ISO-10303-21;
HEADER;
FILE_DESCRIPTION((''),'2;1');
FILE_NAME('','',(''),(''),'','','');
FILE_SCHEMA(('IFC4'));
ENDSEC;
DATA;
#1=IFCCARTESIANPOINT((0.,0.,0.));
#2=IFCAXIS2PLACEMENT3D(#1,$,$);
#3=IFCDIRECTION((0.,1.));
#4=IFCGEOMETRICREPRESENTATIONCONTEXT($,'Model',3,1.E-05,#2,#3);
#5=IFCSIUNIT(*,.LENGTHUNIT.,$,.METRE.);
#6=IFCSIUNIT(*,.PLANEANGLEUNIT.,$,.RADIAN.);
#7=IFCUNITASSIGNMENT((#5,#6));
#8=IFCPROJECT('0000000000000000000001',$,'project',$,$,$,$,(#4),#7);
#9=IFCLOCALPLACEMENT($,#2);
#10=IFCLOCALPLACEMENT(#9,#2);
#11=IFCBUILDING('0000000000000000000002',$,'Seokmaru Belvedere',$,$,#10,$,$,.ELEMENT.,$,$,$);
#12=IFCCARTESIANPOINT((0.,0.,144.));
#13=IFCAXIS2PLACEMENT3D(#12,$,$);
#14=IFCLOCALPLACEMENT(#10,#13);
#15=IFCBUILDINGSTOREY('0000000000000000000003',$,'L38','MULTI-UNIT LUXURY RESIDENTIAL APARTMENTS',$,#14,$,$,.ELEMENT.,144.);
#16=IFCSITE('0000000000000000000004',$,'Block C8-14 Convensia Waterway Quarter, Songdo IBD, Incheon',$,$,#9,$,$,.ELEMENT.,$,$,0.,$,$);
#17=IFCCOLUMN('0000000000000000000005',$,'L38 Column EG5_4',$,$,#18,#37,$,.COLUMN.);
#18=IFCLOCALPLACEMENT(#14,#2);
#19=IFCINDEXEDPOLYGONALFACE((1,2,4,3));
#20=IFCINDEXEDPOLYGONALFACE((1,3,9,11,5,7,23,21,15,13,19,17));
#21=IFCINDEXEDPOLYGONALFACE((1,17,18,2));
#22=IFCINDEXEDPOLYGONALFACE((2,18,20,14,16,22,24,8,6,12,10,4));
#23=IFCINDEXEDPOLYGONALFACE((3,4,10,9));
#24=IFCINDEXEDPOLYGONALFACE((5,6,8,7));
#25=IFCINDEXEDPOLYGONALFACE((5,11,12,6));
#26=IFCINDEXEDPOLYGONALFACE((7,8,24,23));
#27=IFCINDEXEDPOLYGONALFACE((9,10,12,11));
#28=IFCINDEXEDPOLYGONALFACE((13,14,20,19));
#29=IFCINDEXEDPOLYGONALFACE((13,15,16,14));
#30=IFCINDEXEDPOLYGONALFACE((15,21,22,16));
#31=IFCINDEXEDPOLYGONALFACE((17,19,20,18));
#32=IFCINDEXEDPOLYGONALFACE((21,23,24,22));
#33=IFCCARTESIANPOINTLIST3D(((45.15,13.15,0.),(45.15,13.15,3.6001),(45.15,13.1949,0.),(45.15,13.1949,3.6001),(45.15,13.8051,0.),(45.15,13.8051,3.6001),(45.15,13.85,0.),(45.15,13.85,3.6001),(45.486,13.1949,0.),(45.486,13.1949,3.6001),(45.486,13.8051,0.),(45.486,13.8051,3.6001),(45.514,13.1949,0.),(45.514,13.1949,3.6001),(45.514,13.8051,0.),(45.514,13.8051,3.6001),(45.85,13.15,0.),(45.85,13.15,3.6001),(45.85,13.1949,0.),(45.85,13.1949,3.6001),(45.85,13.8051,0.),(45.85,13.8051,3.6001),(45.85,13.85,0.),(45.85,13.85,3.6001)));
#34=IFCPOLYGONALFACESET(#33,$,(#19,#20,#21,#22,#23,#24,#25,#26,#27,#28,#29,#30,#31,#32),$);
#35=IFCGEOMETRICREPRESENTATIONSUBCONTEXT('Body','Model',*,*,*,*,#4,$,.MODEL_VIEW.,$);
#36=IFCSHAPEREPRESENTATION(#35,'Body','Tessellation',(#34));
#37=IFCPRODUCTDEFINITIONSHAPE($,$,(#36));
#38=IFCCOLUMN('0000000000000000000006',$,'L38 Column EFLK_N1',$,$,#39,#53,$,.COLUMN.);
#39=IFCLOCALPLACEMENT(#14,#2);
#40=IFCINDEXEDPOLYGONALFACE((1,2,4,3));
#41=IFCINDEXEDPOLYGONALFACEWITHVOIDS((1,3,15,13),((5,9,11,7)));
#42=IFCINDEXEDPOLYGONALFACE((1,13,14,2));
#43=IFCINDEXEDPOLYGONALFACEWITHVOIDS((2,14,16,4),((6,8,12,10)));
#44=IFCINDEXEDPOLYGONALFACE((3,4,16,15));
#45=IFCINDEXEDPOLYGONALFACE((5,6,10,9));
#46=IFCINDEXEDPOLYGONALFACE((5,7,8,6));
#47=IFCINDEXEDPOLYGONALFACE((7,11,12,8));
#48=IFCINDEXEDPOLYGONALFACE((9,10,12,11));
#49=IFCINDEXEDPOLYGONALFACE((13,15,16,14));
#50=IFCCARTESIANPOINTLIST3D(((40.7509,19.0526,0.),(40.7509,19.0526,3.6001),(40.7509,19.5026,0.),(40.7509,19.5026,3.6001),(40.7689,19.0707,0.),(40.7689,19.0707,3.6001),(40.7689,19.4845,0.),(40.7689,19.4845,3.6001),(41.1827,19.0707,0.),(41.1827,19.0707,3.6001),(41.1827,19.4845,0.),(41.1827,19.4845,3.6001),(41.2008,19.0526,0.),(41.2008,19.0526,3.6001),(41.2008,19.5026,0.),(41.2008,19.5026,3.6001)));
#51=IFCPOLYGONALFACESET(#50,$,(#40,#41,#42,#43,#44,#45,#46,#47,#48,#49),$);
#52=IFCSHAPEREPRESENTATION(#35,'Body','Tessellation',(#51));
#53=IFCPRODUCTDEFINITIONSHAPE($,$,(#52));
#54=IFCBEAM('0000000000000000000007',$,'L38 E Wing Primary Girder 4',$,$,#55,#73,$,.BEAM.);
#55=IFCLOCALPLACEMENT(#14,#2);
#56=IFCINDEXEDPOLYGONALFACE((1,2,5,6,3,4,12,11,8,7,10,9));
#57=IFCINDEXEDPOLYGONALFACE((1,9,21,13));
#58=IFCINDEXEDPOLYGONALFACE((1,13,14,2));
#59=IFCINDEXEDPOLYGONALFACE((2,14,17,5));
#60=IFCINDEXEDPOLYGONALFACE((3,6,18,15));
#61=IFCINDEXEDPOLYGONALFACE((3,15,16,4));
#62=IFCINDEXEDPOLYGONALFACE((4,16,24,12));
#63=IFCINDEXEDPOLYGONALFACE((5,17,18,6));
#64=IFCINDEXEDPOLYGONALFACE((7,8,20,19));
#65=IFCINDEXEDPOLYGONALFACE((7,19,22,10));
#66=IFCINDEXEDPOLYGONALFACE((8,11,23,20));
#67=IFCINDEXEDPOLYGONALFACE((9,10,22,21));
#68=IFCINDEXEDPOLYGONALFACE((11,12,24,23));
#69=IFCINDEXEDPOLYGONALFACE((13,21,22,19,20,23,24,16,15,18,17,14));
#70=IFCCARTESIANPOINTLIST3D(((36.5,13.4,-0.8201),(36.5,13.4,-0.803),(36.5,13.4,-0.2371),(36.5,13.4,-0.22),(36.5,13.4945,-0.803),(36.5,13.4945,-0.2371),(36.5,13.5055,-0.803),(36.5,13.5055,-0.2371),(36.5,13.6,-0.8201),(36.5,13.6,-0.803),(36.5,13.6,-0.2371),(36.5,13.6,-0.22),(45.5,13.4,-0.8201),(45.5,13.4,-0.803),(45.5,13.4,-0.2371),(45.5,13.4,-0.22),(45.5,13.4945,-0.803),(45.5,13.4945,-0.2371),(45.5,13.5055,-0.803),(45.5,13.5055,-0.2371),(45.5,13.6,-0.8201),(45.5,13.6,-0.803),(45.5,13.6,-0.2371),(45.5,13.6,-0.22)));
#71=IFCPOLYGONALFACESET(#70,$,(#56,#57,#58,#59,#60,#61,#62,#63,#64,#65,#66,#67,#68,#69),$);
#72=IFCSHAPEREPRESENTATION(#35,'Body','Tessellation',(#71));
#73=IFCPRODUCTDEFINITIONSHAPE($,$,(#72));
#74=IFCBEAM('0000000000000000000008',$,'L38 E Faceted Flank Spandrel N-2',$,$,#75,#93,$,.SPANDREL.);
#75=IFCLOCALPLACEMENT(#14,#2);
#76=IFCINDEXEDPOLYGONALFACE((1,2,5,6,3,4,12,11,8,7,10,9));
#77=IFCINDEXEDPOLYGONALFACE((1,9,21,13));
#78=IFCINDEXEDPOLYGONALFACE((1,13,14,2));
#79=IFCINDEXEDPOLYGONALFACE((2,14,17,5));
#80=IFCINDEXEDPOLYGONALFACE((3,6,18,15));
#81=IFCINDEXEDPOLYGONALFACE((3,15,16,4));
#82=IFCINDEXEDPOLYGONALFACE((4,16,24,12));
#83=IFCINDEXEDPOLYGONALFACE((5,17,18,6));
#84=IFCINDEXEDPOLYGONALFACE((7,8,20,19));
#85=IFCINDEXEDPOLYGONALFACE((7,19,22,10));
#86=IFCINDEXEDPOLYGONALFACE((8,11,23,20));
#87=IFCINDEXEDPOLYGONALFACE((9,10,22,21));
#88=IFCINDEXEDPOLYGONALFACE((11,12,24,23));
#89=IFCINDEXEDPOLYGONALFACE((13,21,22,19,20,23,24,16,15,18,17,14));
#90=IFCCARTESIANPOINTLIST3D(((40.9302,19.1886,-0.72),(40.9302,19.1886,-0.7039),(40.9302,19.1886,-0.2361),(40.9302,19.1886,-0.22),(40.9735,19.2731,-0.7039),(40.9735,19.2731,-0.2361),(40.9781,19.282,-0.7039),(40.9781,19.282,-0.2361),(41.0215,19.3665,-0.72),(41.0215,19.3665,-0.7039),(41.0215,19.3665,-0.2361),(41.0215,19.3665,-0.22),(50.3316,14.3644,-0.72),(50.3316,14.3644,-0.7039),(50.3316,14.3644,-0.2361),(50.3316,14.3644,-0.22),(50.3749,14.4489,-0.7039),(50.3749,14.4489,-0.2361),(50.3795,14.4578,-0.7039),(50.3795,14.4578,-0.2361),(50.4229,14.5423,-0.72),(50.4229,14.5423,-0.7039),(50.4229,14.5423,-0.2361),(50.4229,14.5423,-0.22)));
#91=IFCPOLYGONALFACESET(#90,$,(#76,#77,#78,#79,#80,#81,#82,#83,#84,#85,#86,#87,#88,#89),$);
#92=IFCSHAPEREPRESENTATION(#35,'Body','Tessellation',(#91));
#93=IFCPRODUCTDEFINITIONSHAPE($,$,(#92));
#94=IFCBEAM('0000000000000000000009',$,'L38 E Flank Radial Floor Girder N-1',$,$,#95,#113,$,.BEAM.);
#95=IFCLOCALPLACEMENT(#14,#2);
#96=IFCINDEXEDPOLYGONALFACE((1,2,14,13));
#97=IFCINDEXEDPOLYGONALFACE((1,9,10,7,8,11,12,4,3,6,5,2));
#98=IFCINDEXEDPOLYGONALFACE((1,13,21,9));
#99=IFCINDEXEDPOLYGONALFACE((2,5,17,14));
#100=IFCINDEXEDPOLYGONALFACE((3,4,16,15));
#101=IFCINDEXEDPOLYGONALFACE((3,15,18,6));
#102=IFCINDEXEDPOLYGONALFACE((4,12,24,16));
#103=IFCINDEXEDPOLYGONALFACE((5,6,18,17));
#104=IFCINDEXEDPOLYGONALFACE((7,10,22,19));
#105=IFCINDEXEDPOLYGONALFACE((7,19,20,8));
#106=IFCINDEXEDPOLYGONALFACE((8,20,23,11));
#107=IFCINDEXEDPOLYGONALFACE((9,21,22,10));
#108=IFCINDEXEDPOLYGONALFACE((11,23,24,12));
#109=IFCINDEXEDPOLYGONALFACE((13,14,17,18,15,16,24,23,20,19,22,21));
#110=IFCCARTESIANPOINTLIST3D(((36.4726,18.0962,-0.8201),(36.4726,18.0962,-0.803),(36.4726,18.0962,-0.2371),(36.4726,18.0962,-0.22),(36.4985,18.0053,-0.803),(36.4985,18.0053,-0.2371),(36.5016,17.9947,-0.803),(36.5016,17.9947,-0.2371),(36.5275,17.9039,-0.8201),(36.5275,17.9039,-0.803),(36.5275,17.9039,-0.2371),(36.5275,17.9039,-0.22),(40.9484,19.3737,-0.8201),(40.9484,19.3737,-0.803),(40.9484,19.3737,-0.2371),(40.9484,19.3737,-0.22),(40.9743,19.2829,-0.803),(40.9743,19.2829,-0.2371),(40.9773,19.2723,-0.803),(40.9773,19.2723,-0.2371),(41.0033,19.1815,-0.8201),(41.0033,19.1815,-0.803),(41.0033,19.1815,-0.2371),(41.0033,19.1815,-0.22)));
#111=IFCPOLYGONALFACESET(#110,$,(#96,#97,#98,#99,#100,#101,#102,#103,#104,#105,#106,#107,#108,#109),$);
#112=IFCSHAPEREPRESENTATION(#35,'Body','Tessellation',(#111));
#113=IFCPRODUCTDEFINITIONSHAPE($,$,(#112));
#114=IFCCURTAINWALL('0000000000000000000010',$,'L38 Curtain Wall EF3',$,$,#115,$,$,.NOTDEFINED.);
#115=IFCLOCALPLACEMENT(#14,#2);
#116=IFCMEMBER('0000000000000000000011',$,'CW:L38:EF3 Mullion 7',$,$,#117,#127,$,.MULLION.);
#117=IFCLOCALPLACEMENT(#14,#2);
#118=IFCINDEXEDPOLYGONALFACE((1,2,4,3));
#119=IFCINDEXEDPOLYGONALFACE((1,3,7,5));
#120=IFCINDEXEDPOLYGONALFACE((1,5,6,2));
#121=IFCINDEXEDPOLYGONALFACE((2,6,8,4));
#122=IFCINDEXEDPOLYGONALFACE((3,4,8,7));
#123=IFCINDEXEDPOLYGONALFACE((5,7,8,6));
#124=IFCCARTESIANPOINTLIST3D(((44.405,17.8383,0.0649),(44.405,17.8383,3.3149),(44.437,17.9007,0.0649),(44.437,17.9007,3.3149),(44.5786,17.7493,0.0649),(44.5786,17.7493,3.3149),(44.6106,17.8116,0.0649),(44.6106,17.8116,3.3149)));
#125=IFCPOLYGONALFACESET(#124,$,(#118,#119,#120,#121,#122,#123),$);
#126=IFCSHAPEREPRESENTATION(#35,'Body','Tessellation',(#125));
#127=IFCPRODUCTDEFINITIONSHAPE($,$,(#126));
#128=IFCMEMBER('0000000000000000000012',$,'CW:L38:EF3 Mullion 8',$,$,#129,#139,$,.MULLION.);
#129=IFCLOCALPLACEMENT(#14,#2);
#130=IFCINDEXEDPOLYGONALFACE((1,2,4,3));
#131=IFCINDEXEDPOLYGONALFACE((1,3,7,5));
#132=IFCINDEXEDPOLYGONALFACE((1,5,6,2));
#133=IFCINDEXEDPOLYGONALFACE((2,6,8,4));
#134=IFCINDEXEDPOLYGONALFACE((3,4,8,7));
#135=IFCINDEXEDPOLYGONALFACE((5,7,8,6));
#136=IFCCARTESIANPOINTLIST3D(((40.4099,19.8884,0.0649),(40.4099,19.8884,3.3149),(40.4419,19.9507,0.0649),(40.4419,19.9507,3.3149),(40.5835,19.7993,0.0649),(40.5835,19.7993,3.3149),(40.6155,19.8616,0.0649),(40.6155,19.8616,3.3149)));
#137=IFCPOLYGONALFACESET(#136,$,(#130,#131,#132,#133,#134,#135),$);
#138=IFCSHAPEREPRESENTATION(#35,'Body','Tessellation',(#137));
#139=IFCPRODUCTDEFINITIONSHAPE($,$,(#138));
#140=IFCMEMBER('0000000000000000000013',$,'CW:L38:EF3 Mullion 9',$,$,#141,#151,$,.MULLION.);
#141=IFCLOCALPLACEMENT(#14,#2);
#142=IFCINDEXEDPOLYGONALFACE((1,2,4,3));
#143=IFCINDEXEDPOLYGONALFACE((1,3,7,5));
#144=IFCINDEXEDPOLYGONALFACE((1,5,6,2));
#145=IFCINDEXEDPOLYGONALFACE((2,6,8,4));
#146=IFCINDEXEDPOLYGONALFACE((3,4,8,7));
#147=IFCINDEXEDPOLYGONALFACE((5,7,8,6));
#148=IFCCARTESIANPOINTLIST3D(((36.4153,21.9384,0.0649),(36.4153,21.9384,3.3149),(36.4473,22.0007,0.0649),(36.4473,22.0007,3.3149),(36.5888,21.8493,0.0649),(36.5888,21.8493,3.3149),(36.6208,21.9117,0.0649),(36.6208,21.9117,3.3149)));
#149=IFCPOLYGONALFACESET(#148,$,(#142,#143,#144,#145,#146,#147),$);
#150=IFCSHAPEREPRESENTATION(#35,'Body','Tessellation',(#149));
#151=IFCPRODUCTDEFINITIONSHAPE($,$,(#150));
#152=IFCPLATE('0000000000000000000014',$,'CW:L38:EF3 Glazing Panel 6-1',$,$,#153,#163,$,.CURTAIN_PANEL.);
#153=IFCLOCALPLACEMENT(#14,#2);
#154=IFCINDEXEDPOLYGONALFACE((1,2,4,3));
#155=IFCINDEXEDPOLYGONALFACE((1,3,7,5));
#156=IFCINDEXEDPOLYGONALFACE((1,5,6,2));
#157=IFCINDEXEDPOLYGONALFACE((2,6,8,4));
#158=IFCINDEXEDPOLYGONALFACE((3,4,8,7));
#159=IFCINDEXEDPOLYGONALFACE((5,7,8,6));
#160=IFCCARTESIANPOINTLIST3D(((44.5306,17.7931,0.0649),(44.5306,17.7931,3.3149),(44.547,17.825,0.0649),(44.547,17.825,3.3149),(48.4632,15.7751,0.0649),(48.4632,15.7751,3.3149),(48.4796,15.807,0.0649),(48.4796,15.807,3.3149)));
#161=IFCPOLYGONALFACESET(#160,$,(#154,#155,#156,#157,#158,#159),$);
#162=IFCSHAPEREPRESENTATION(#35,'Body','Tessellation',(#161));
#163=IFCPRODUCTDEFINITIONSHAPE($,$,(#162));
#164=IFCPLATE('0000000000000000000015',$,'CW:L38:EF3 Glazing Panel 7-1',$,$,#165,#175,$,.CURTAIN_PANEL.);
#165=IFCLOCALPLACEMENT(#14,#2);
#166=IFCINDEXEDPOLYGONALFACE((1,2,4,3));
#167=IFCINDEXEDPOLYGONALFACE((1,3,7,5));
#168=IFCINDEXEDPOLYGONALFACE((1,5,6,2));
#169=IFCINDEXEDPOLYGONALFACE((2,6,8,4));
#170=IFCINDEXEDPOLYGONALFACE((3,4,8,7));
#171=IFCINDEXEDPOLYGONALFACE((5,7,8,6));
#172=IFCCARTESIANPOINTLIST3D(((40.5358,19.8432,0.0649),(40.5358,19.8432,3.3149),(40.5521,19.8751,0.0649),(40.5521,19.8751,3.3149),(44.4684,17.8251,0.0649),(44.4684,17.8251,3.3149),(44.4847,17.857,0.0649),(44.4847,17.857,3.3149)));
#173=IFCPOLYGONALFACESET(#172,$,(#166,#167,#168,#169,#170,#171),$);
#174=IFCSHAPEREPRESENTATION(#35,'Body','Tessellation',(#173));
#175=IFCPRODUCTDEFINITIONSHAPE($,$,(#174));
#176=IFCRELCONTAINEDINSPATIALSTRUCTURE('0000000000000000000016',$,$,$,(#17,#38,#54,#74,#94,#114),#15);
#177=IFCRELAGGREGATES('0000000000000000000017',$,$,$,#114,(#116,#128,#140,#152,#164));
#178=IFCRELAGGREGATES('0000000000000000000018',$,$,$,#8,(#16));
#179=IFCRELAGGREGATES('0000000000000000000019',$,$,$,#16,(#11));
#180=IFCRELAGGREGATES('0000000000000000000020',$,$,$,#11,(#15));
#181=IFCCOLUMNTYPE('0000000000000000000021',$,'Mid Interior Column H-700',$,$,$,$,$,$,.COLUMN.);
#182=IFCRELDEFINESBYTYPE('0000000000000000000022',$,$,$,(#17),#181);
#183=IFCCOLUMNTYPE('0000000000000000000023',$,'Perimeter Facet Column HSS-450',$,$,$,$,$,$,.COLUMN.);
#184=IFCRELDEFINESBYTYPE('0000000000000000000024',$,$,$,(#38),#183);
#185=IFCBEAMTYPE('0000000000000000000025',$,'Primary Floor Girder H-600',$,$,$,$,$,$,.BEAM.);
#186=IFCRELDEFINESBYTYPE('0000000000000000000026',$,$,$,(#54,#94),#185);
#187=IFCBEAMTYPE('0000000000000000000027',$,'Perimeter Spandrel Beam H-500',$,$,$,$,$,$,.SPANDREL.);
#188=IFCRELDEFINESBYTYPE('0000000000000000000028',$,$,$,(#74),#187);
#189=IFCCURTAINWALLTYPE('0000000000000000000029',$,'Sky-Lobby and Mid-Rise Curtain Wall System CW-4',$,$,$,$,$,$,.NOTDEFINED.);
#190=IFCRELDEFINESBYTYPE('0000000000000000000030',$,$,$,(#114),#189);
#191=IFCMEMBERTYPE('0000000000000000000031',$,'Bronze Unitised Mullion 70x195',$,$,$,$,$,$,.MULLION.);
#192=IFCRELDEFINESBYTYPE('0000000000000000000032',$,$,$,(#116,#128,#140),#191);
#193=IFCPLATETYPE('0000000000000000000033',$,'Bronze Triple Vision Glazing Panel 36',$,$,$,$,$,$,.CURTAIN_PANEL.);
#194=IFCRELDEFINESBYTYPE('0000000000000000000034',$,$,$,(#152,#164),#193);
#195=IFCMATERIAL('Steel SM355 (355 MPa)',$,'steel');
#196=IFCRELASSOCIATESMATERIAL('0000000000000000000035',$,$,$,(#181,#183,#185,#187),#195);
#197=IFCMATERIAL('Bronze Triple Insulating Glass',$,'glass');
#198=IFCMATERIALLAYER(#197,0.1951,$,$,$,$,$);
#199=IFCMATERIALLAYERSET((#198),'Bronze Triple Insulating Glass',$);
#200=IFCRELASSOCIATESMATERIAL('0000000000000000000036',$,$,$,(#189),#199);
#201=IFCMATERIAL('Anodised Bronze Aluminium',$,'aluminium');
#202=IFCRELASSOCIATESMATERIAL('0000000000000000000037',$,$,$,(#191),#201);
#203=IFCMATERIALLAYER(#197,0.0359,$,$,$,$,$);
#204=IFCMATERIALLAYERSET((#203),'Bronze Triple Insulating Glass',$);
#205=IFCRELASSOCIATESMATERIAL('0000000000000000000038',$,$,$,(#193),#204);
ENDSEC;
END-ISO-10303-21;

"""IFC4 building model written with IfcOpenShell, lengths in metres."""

from ifc_helpers import new_model, si_unit, direction, frame, origin, origin_2d, place, context, subcontext, project, spatial, rectangle, hollow_rectangle, i_section, extrude, source, transform, mapped, material, layer, layer_set, material_profile, profile_set, type_object, type_shapes, element, aggregate, save


model = new_model("IFC4")

# Units and contexts
model_context = context("Model", 3, precision=1e-05, world=origin(), true_north=direction((0.0, 1.0)))
body_context = subcontext(model_context, "Body", "Model", "MODEL_VIEW")
ifc_project = project(units=[si_unit("LENGTHUNIT", "METRE"), si_unit("PLANEANGLEUNIT", "RADIAN")], contexts=[model_context])

# Site, building, storey
site_placement = place(None, origin())
site = spatial("IfcSite", under=ifc_project, at=site_placement, Name="Block C8-14 Convensia Waterway Quarter, Songdo IBD, Incheon", CompositionType="ELEMENT", RefElevation=0.0)
building_placement = place(site_placement, origin())
building = spatial("IfcBuilding", under=site, at=building_placement, Name="Seokmaru Belvedere", CompositionType="ELEMENT")
storey_placement = place(building_placement, frame((0.0, 0.0, 144.0)))
storey = spatial("IfcBuildingStorey", under=building, at=storey_placement, Name="L38", Description="MULTI-UNIT LUXURY RESIDENTIAL APARTMENTS", CompositionType="ELEMENT", Elevation=144.0)

# Columns
ifc_material_1 = material(Name="Steel SM355 (355 MPa)", Category="steel")
ifc_material_profile_1 = material_profile(ifc_material_1, i_section(OverallWidth=0.7, OverallDepth=0.7, WebThickness=0.0281, FlangeThickness=0.0449, at=origin_2d()), Name="H-700x700x28x45")
ifc_profile_set_1 = profile_set([ifc_material_profile_1], Name="Steel SM355 (355 MPa)")
column_type_1 = type_object("IfcColumnType", Name="Mid Interior Column H-700", PredefinedType="COLUMN", material=ifc_profile_set_1)
shared_shape_1 = source(origin(), body_context, "Body", "SweptSolid", [
    extrude(i_section(OverallWidth=0.7, OverallDepth=0.7, WebThickness=0.0281, FlangeThickness=0.0449, at=origin_2d()), origin(), (0.0, 0.0, 1.0), 3.6001),
])
type_shapes(column_type_1, [shared_shape_1])
column_1_placement = place(storey_placement, frame((45.5, 13.5, 0.0), z_axis=(0.0, 0.0, 1.0), x_axis=(1.0, 0.0, 0.0)))
element("IfcColumn", 1, at=column_1_placement, inside=storey, type_object=column_type_1, Name="L38 Column EG5_4", PredefinedType="COLUMN", context=body_context, shape_type="MappedRepresentation", body=[
    mapped(shared_shape_1, transform((0.0, 0.0, 0.0), scale=1.0)),
])
ifc_material_profile_2 = material_profile(ifc_material_1, hollow_rectangle(XDim=0.45, YDim=0.45, WallThickness=0.0181, at=origin_2d()), Name="HSS-450x450x18")
ifc_profile_set_2 = profile_set([ifc_material_profile_2], Name="Steel SM355 (355 MPa)")
column_type_2 = type_object("IfcColumnType", Name="Perimeter Facet Column HSS-450", PredefinedType="COLUMN", material=ifc_profile_set_2)
shared_shape_2 = source(origin(), body_context, "Body", "SweptSolid", [
    extrude(hollow_rectangle(XDim=0.45, YDim=0.45, WallThickness=0.0181, at=origin_2d()), origin(), (0.0, 0.0, 1.0), 3.6001),
])
type_shapes(column_type_2, [shared_shape_2])
column_2_placement = place(storey_placement, frame((40.9758, 19.2776, 0.0), z_axis=(0.0, 0.0, 1.0), x_axis=(1.0, 0.0, 0.0)))
element("IfcColumn", 2, at=column_2_placement, inside=storey, type_object=column_type_2, Name="L38 Column EFLK_N1", PredefinedType="COLUMN", context=body_context, shape_type="MappedRepresentation", body=[
    mapped(shared_shape_2, transform((0.0, 0.0, 0.0), scale=1.0)),
])

# Beams
ifc_material_profile_3 = material_profile(ifc_material_1, i_section(OverallWidth=0.2, OverallDepth=0.6001, WebThickness=0.011, FlangeThickness=0.0171, at=origin_2d()), Name="H-600x200x11x17")
ifc_profile_set_3 = profile_set([ifc_material_profile_3], Name="Steel SM355 (355 MPa)")
beam_type_1 = type_object("IfcBeamType", Name="Primary Floor Girder H-600", PredefinedType="BEAM", material=ifc_profile_set_3)
shared_shape_3 = source(origin(), body_context, "Body", "SweptSolid", [
    extrude(i_section(OverallWidth=0.2, OverallDepth=0.6001, WebThickness=0.011, FlangeThickness=0.0171, at=origin_2d()), origin(), (0.0, 0.0, 1.0), 9.0),
])
beam_1_placement = place(storey_placement, frame((36.5, 13.5, -0.52), z_axis=(1.0, 0.0, 0.0), x_axis=(0.0, 1.0, 0.0)))
element("IfcBeam", 3, at=beam_1_placement, inside=storey, type_object=beam_type_1, Name="L38 E Wing Primary Girder 4", PredefinedType="BEAM", context=body_context, shape_type="MappedRepresentation", body=[
    mapped(shared_shape_3, transform((0.0, 0.0, 0.0), scale=1.0)),
])
ifc_material_profile_4 = material_profile(ifc_material_1, i_section(OverallWidth=0.2, OverallDepth=0.5, WebThickness=0.01, FlangeThickness=0.0161, at=origin_2d()), Name="H-500x200x10x16")
ifc_profile_set_4 = profile_set([ifc_material_profile_4], Name="Steel SM355 (355 MPa)")
beam_type_2 = type_object("IfcBeamType", Name="Perimeter Spandrel Beam H-500", PredefinedType="SPANDREL", material=ifc_profile_set_4)
shared_shape_4 = source(origin(), body_context, "Body", "SweptSolid", [
    extrude(i_section(OverallWidth=0.2, OverallDepth=0.5, WebThickness=0.01, FlangeThickness=0.0161, at=origin_2d()), origin(), (0.0, 0.0, 1.0), 10.5669),
])
type_shapes(beam_type_2, [shared_shape_4])
beam_2_placement = place(storey_placement, frame((40.9758, 19.2776, -0.47), z_axis=(0.889702, -0.456542, 0.0), x_axis=(0.456542, 0.889702, 0.0)))
element("IfcBeam", 4, at=beam_2_placement, inside=storey, type_object=beam_type_2, Name="L38 E Faceted Flank Spandrel N-2", PredefinedType="SPANDREL", context=body_context, shape_type="MappedRepresentation", body=[
    mapped(shared_shape_4, transform((0.0, 0.0, 0.0), scale=1.0)),
])
shared_shape_5 = source(origin(), body_context, "Body", "SweptSolid", [
    extrude(i_section(OverallWidth=0.2, OverallDepth=0.6001, WebThickness=0.011, FlangeThickness=0.0171, at=origin_2d()), origin(), (0.0, 0.0, 1.0), 4.6545),
])
type_shapes(beam_type_1, [shared_shape_3, shared_shape_5])
beam_3_placement = place(storey_placement, frame((40.9758, 19.2776, -0.52), z_axis=(-0.961593, -0.274479, 0.0), x_axis=(0.274479, -0.961593, 0.0)))
element("IfcBeam", 5, at=beam_3_placement, inside=storey, type_object=beam_type_1, Name="L38 E Flank Radial Floor Girder N-1", PredefinedType="BEAM", context=body_context, shape_type="MappedRepresentation", body=[
    mapped(shared_shape_5, transform((0.0, 0.0, 0.0), scale=1.0)),
])

# Curtain wall, members, plates
ifc_material_2 = material(Name="Bronze Triple Insulating Glass", Category="glass")
ifc_layer_1 = layer(ifc_material_2, 0.1951)
ifc_layer_set_1 = layer_set([ifc_layer_1], Name="Bronze Triple Insulating Glass")
curtain_wall_type = type_object("IfcCurtainWallType", Name="Sky-Lobby and Mid-Rise Curtain Wall System CW-4", PredefinedType="NOTDEFINED", material=ifc_layer_set_1)
curtain_wall_placement = place(storey_placement, origin())
curtain_wall = element("IfcCurtainWall", 6, at=curtain_wall_placement, inside=storey, type_object=curtain_wall_type, Name="L38 Curtain Wall EF3", PredefinedType="NOTDEFINED")
ifc_material_3 = material(Name="Anodised Bronze Aluminium", Category="aluminium")
ifc_material_profile_5 = material_profile(ifc_material_3, rectangle(XDim=0.0701, YDim=0.1951, at=origin_2d()), Name="CW-M-70x195")
ifc_profile_set_5 = profile_set([ifc_material_profile_5], Name="Anodised Bronze Aluminium")
member_type = type_object("IfcMemberType", Name="Bronze Unitised Mullion 70x195", PredefinedType="MULLION", material=ifc_profile_set_5)
shared_shape_6 = source(origin(), body_context, "Body", "SweptSolid", [
    extrude(rectangle(XDim=0.0701, YDim=0.1951, at=origin_2d()), origin(), (0.0, 0.0, 1.0), 3.25),
])
type_shapes(member_type, [shared_shape_6])
member_1_placement = place(storey_placement, frame((44.5078, 17.825, 0.0649), z_axis=(0.0, 0.0, 1.0), x_axis=(-0.456555, -0.889695, 0.0)))
member_1 = element("IfcMember", 7, at=member_1_placement, type_object=member_type, Name="CW:L38:EF3 Mullion 7", PredefinedType="MULLION", context=body_context, shape_type="MappedRepresentation", body=[
    mapped(shared_shape_6, transform((0.0, 0.0, 0.0), scale=1.0)),
])
member_2_placement = place(storey_placement, frame((40.5127, 19.875, 0.0649), z_axis=(0.0, 0.0, 1.0), x_axis=(-0.456555, -0.889695, 0.0)))
member_2 = element("IfcMember", 8, at=member_2_placement, type_object=member_type, Name="CW:L38:EF3 Mullion 8", PredefinedType="MULLION", context=body_context, shape_type="MappedRepresentation", body=[
    mapped(shared_shape_6, transform((0.0, 0.0, 0.0), scale=1.0)),
])
member_3_placement = place(storey_placement, frame((36.5181, 21.925, 0.0649), z_axis=(0.0, 0.0, 1.0), x_axis=(-0.456555, -0.889695, 0.0)))
member_3 = element("IfcMember", 9, at=member_3_placement, type_object=member_type, Name="CW:L38:EF3 Mullion 9", PredefinedType="MULLION", context=body_context, shape_type="MappedRepresentation", body=[
    mapped(shared_shape_6, transform((0.0, 0.0, 0.0), scale=1.0)),
])
ifc_layer_2 = layer(ifc_material_2, 0.0359)
ifc_layer_set_2 = layer_set([ifc_layer_2], Name="Bronze Triple Insulating Glass")
plate_type = type_object("IfcPlateType", Name="Bronze Triple Vision Glazing Panel 36", PredefinedType="CURTAIN_PANEL", material=ifc_layer_set_2)
shared_shape_7 = source(origin(), body_context, "Body", "SweptSolid", [
    extrude(rectangle(XDim=4.4202, YDim=0.0359, at=origin_2d()), origin(), (0.0, 0.0, 1.0), 3.25),
])
type_shapes(plate_type, [shared_shape_7])
plate_1_placement = place(storey_placement, frame((46.5051, 16.8, 0.0649), z_axis=(0.0, 0.0, 1.0), x_axis=(-0.889695, 0.456555, 0.0)))
plate_1 = element("IfcPlate", 10, at=plate_1_placement, type_object=plate_type, Name="CW:L38:EF3 Glazing Panel 6-1", PredefinedType="CURTAIN_PANEL", context=body_context, shape_type="MappedRepresentation", body=[
    mapped(shared_shape_7, transform((0.0, 0.0, 0.0), scale=1.0)),
])
plate_2_placement = place(storey_placement, frame((42.5103, 18.8501, 0.0649), z_axis=(0.0, 0.0, 1.0), x_axis=(-0.889695, 0.456555, 0.0)))
plate_2 = element("IfcPlate", 11, at=plate_2_placement, type_object=plate_type, Name="CW:L38:EF3 Glazing Panel 7-1", PredefinedType="CURTAIN_PANEL", context=body_context, shape_type="MappedRepresentation", body=[
    mapped(shared_shape_7, transform((0.0, 0.0, 0.0), scale=1.0)),
])
aggregate(curtain_wall, [member_1, member_2, member_3, plate_1, plate_2])

save(model, "model.ifc")
